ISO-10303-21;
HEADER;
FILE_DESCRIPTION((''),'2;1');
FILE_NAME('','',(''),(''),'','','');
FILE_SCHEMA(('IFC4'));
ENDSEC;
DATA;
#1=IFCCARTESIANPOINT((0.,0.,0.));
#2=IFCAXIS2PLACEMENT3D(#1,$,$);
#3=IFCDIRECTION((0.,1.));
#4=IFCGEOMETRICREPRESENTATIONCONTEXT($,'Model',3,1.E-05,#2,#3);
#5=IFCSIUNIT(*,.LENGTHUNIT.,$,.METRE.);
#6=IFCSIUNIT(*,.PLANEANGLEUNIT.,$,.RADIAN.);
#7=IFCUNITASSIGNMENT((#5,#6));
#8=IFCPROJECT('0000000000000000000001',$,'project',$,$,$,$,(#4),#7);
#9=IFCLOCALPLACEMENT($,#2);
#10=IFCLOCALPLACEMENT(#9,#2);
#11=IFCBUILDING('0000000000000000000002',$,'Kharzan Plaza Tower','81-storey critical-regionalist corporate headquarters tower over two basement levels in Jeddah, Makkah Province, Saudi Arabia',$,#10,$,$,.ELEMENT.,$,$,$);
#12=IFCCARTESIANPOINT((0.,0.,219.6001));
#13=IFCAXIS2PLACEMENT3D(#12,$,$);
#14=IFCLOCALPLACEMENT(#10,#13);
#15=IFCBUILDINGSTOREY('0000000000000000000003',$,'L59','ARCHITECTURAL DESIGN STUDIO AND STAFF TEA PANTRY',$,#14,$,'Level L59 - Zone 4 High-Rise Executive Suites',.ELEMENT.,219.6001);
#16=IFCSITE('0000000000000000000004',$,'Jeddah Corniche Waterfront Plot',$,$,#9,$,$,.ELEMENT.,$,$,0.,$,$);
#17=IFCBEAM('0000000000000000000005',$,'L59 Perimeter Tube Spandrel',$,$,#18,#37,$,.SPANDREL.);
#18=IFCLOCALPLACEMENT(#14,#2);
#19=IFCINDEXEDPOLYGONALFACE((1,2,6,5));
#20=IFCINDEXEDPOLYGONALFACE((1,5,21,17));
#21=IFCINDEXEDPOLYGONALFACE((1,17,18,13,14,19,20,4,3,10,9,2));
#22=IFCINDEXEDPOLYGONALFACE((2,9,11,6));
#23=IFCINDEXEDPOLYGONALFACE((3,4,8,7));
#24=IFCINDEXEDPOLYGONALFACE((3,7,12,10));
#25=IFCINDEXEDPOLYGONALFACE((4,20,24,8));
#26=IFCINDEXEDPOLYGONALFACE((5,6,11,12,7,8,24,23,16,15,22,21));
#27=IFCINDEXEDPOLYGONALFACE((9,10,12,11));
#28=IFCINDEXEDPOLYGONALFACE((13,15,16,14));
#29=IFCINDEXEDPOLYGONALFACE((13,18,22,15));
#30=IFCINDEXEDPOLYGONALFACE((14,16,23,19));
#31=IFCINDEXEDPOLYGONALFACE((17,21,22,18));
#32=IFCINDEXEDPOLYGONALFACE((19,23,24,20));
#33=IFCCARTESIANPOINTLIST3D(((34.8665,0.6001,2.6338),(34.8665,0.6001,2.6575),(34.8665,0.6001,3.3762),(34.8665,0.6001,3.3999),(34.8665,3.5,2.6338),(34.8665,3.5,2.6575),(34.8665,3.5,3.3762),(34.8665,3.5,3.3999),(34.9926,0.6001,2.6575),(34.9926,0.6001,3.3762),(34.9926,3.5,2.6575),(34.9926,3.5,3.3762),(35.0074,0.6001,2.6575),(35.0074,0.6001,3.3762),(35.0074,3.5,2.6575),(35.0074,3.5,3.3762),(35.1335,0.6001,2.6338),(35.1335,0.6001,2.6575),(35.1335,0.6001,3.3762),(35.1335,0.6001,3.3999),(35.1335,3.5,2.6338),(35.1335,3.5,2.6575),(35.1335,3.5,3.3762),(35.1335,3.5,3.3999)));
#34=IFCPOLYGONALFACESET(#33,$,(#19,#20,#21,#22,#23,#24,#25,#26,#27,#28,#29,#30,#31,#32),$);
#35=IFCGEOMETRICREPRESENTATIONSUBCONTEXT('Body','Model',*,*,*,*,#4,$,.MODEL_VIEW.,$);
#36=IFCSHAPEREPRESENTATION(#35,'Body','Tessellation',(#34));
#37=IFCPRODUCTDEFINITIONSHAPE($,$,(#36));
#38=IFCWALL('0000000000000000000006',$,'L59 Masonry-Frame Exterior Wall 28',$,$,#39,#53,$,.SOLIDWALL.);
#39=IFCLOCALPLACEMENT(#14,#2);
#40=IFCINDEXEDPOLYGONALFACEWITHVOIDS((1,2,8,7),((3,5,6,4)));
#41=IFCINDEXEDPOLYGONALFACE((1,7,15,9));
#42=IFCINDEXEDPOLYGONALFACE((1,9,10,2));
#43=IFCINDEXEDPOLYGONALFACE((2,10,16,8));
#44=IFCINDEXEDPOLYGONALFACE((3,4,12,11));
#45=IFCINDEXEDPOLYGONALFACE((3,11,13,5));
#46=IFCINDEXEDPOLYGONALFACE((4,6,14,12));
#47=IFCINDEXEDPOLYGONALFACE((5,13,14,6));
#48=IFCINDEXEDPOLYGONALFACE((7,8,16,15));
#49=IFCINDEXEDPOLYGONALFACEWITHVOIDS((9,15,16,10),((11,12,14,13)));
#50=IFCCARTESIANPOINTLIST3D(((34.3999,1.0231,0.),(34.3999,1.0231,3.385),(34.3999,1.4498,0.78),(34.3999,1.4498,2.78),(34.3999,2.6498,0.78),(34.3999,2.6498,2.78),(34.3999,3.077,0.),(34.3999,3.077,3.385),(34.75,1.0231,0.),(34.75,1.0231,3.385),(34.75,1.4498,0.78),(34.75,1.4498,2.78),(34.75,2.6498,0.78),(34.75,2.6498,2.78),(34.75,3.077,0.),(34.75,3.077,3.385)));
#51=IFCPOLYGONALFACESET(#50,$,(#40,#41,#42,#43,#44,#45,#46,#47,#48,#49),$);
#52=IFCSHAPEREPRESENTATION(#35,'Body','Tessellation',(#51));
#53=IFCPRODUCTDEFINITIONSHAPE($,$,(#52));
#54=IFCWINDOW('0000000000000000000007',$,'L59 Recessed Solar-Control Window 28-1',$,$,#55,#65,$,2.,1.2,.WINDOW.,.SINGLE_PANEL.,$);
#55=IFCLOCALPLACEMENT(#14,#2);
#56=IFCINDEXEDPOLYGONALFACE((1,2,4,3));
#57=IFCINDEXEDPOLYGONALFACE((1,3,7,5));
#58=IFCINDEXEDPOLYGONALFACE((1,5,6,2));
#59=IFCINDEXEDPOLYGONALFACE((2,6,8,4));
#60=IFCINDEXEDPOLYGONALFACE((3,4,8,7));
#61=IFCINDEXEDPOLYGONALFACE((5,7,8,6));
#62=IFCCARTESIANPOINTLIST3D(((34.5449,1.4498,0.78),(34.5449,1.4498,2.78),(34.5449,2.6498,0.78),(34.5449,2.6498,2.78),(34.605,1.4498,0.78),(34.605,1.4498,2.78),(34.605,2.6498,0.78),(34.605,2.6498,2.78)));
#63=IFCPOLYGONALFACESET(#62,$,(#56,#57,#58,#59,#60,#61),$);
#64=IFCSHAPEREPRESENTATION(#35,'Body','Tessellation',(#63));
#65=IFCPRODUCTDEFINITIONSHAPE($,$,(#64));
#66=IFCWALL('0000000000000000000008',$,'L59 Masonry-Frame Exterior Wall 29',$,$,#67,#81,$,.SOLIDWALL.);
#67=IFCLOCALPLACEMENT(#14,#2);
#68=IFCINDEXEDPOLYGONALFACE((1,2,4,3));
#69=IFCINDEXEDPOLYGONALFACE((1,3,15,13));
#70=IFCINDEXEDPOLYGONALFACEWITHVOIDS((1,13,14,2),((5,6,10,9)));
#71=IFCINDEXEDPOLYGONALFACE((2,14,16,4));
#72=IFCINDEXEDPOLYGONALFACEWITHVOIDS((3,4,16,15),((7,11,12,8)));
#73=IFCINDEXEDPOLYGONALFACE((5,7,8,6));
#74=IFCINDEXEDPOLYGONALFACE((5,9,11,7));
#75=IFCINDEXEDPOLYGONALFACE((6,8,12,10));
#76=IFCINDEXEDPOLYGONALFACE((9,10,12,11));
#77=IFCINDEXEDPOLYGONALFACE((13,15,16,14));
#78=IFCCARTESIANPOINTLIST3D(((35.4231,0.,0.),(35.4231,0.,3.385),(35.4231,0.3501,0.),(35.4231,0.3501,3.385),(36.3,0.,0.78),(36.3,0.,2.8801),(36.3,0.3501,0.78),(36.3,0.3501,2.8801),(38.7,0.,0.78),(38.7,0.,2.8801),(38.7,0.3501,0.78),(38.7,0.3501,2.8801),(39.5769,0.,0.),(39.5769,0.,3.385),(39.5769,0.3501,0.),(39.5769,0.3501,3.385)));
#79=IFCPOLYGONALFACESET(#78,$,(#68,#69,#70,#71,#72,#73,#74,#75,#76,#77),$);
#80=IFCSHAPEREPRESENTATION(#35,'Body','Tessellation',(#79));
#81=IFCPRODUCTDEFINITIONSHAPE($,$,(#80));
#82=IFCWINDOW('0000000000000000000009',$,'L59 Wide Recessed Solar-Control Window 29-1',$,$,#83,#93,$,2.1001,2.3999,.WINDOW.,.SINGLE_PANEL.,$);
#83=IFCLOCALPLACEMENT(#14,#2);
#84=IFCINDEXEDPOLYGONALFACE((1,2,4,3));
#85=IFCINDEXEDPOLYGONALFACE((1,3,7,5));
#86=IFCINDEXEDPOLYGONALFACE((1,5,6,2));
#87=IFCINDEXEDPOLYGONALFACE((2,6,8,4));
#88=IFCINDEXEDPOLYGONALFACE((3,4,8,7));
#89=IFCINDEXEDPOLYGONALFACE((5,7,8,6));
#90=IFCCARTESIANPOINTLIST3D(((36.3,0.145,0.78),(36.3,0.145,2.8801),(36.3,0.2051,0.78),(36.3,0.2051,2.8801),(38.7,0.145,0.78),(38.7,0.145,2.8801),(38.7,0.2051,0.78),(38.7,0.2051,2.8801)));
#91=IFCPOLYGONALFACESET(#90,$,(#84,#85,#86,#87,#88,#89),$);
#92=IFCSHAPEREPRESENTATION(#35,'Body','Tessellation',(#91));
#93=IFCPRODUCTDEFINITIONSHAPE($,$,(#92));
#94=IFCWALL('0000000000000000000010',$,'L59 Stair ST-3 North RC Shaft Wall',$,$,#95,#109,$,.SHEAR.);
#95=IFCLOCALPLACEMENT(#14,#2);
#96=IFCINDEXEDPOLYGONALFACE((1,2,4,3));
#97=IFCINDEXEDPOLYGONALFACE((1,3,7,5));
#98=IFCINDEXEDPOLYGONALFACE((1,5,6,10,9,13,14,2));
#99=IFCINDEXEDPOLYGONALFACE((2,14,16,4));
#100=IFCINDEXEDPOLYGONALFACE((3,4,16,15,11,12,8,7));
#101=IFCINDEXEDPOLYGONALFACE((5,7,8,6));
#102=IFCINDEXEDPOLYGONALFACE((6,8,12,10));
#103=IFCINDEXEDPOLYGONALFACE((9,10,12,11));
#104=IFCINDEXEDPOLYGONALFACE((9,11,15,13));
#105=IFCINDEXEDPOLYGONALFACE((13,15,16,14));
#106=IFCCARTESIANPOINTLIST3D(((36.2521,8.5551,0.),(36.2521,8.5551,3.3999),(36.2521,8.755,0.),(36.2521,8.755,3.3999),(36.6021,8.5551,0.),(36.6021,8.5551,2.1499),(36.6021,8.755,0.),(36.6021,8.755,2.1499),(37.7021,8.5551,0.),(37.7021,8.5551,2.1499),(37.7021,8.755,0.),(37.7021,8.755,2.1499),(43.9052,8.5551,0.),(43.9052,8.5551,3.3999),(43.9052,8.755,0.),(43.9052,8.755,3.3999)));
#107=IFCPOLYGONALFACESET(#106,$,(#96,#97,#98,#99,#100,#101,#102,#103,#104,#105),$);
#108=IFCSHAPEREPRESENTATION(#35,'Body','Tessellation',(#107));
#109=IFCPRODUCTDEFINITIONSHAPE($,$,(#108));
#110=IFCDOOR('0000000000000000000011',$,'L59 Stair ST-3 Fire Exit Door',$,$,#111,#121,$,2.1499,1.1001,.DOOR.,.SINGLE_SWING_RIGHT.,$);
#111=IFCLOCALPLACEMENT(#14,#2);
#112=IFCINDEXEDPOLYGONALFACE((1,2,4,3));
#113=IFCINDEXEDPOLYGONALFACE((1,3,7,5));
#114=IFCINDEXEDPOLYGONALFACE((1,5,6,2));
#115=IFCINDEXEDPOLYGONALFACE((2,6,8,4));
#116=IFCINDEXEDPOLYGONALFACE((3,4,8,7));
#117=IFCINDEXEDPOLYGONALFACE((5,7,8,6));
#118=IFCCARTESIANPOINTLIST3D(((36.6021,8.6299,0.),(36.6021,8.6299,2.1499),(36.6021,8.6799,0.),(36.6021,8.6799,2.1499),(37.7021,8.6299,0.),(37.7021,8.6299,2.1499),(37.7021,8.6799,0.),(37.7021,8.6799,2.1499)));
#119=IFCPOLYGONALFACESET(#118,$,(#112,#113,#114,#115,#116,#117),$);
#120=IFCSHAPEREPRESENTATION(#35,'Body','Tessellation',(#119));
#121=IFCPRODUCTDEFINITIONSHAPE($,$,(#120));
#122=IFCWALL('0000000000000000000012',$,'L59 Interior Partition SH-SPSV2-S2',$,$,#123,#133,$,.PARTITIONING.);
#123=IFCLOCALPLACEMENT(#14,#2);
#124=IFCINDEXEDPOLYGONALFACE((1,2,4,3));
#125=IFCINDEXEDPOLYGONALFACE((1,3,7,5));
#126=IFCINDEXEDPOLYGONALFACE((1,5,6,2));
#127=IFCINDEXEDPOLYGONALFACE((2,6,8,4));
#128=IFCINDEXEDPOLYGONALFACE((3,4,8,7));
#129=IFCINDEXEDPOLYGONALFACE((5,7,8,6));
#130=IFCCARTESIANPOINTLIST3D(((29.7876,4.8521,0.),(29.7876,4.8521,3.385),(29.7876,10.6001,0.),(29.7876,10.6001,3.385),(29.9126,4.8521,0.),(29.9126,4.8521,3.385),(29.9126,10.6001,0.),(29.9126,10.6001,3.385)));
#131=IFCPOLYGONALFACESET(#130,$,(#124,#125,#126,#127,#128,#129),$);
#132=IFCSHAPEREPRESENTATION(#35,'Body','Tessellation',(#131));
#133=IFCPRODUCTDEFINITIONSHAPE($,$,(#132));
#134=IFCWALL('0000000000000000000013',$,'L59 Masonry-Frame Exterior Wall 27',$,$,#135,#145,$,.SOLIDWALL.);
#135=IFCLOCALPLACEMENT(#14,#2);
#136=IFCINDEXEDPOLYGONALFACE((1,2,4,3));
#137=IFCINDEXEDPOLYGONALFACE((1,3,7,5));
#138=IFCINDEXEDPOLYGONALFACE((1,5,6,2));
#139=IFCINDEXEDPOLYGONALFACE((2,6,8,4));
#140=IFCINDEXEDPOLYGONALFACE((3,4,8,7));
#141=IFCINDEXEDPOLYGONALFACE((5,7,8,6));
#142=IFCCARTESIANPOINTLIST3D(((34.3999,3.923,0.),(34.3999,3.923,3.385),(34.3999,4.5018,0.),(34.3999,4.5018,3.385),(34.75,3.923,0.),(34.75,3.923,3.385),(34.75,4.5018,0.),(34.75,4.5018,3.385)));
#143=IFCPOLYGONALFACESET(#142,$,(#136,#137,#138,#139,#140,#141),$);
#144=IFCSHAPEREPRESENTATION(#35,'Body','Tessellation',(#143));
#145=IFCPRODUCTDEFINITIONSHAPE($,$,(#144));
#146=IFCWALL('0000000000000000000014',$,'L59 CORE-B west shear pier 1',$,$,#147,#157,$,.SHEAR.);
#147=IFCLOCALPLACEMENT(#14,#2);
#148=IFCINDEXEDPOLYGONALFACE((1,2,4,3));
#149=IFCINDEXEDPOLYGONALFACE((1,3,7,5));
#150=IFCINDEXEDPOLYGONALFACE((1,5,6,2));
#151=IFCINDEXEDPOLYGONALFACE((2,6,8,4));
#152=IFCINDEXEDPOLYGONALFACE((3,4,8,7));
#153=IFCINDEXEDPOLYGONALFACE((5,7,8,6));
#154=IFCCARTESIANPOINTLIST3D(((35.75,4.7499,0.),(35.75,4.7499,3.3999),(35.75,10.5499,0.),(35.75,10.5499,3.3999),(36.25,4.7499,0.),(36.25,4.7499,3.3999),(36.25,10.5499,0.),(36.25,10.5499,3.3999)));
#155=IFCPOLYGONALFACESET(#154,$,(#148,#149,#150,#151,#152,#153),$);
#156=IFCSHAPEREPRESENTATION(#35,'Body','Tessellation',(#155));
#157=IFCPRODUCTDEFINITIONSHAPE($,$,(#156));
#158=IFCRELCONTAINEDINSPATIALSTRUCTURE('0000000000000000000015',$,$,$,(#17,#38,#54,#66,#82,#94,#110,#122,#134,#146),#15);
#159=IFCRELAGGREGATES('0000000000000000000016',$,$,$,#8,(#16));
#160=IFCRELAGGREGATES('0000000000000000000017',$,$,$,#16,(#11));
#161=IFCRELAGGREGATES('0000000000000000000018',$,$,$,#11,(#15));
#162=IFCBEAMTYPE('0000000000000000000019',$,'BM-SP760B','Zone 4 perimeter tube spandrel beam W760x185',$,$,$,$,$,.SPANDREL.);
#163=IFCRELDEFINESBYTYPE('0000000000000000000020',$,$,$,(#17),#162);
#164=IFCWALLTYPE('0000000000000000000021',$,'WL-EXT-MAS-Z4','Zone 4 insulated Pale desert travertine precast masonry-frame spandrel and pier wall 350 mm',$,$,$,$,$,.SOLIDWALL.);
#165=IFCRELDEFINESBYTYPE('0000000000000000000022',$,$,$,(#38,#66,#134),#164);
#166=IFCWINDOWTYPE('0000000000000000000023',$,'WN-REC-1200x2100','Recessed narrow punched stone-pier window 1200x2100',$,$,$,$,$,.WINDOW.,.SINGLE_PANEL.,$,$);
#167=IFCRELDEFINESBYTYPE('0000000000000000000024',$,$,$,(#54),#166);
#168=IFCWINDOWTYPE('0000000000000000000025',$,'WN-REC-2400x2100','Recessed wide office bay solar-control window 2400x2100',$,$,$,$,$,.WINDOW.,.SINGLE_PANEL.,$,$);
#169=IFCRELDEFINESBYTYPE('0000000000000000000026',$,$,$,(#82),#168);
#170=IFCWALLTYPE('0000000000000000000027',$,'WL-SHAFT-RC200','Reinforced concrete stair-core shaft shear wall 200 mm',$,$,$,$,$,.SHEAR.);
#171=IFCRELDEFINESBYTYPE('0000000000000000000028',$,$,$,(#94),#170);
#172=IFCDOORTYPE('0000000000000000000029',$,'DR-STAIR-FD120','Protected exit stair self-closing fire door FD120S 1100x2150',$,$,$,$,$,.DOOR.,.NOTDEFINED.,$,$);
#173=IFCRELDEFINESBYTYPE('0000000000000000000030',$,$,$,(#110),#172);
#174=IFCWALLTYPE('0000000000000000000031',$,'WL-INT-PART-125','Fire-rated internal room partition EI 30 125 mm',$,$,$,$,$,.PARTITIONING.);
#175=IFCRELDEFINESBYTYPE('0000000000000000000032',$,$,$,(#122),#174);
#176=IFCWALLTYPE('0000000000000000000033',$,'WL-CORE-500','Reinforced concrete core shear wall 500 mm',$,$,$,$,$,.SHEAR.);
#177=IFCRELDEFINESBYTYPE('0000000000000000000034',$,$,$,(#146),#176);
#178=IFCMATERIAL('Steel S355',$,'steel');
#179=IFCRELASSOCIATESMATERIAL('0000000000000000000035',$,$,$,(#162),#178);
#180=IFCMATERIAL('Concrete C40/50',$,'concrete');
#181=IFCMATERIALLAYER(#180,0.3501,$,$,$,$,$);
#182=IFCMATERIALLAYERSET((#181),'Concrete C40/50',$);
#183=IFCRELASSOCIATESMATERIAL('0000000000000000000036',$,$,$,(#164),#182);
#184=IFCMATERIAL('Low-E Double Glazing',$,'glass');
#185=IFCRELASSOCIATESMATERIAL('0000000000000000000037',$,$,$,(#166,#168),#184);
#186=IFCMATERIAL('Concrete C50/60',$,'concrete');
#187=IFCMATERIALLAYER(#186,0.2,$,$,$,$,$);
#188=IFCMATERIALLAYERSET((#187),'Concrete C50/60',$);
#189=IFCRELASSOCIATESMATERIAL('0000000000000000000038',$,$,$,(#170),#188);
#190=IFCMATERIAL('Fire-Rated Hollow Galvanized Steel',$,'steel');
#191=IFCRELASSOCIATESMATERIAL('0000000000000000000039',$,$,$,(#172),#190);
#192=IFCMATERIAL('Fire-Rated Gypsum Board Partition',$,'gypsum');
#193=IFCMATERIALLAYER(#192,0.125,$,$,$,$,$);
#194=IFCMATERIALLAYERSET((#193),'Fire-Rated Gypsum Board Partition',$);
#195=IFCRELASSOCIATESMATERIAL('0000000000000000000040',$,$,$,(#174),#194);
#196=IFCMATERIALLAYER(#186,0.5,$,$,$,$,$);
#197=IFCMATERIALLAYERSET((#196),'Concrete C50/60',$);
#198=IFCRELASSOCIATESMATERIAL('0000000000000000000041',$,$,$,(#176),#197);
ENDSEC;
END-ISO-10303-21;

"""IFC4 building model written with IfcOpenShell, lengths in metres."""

from ifc_helpers import new_model, si_unit, direction, frame, frame_2d, origin, origin_2d, place, context, subcontext, project, spatial, rectangle, i_section, extrude, source, transform, mapped, material, layer, layer_set, material_profile, profile_set, type_object, element, fill, save


model = new_model("IFC4")

# Units and contexts
model_context = context("Model", 3, precision=1e-05, world=origin(), true_north=direction((0.0, 1.0)))
body_context = subcontext(model_context, "Body", "Model", "MODEL_VIEW")
ifc_project = project(units=[si_unit("LENGTHUNIT", "METRE"), si_unit("PLANEANGLEUNIT", "RADIAN")], contexts=[model_context])

# Site, building, storey
site_placement = place(None, origin())
site = spatial("IfcSite", under=ifc_project, at=site_placement, Name="Jeddah Corniche Waterfront Plot", CompositionType="ELEMENT", RefElevation=0.0)
building_placement = place(site_placement, origin())
building = spatial("IfcBuilding", under=site, at=building_placement, Name="Kharzan Plaza Tower", Description="81-storey critical-regionalist corporate headquarters tower over two basement levels in Jeddah, Makkah Province, Saudi Arabia", CompositionType="ELEMENT")
storey_placement = place(building_placement, frame((0.0, 0.0, 219.6001)))
storey = spatial("IfcBuildingStorey", under=building, at=storey_placement, Name="L59", Description="ARCHITECTURAL DESIGN STUDIO AND STAFF TEA PANTRY", LongName="Level L59 - Zone 4 High-Rise Executive Suites", CompositionType="ELEMENT", Elevation=219.6001)

# Shared definitions
ifc_material_1 = material(Name="Concrete C50/60", Category="concrete")

# Beam
ifc_material_2 = material(Name="Steel S355", Category="steel")
ifc_material_profile_1 = material_profile(ifc_material_2, i_section(OverallWidth=0.2671, OverallDepth=0.7661, WebThickness=0.0149, FlangeThickness=0.0237, at=origin_2d()), Name="W760x185")
ifc_profile_set_1 = profile_set([ifc_material_profile_1], Name="Steel S355")
beam_type_1 = type_object("IfcBeamType", Name="BM-SP760B", Description="Zone 4 perimeter tube spandrel beam W760x185", PredefinedType="SPANDREL", material=ifc_profile_set_1)
shared_shape_1 = source(origin(), body_context, "Body", "SweptSolid", [
    extrude(i_section(OverallWidth=0.2671, OverallDepth=0.7661, WebThickness=0.0149, FlangeThickness=0.0237, at=origin_2d()), origin(), (0.0, 0.0, 1.0), 2.8999),
])
beam_1_placement = place(storey_placement, frame((35.0, 0.6001, 3.0168), z_axis=(0.0, 1.0, 0.0), x_axis=(-1.0, 0.0, 0.0)))
element("IfcBeam", 1, at=beam_1_placement, inside=storey, type_object=beam_type_1, Name="L59 Perimeter Tube Spandrel", PredefinedType="SPANDREL", context=body_context, shape_type="MappedRepresentation", body=[
    mapped(shared_shape_1, transform((0.0, 0.0, 0.0), x_axis=(1.0, 0.0, 0.0), y_axis=(0.0, 1.0, 0.0), z_axis=(0.0, 0.0, 1.0))),
])

# Walls, openings, windows
ifc_material_3 = material(Name="Concrete C40/50", Category="concrete")
ifc_layer_1 = layer(ifc_material_3, 0.3501)
ifc_layer_set_1 = layer_set([ifc_layer_1], Name="Concrete C40/50")
wall_type_1 = type_object("IfcWallType", Name="WL-EXT-MAS-Z4", Description="Zone 4 insulated Pale desert travertine precast masonry-frame spandrel and pier wall 350 mm", PredefinedType="SOLIDWALL", material=ifc_layer_set_1)
wall_1_placement = place(storey_placement, frame((34.575, 3.0769, 0.0), z_axis=(0.0, 0.0, 1.0), x_axis=(0.0, -1.0, 0.0)))
wall_1 = element("IfcWall", 2, at=wall_1_placement, inside=storey, type_object=wall_type_1, Name="L59 Masonry-Frame Exterior Wall 28", PredefinedType="SOLIDWALL", context=body_context, shape_type="SweptSolid", body=[
    extrude(rectangle(XDim=2.054, YDim=0.3501, at=frame_2d((1.0269, 0.0))), origin(), (0.0, 0.0, 1.0), 3.385),
])
opening_1_placement = place(wall_1_placement, frame((0.427, 0.0, 0.78)))
opening_1 = element("IfcOpeningElement", 3, at=opening_1_placement, cuts=wall_1, PredefinedType="OPENING", context=body_context, shape_type="SweptSolid", body=[
    extrude(rectangle(XDim=1.2, YDim=2.0, at=frame_2d((0.6001, 1.0))), frame((0.0, 0.1851, 0.0), z_axis=(0.0, -1.0, 0.0), x_axis=(1.0, 0.0, 0.0)), (0.0, 0.0, 1.0), 0.3701),
])
ifc_material_4 = material(Name="Low-E Double Glazing", Category="glass")
window_type_1 = type_object("IfcWindowType", Name="WN-REC-1200x2100", Description="Recessed narrow punched stone-pier window 1200x2100", PartitioningType="SINGLE_PANEL", PredefinedType="WINDOW", material=ifc_material_4)
shared_shape_2 = source(origin(), body_context, "Body", "SweptSolid", [
    extrude(rectangle(XDim=1.2, YDim=2.0, at=frame_2d((0.6001, 1.0))), frame((0.0, 0.03, 0.0), z_axis=(0.0, -1.0, 0.0), x_axis=(1.0, 0.0, 0.0)), (0.0, 0.0, 1.0), 0.0601),
])
window_1_placement = place(opening_1_placement, origin())
window_1 = element("IfcWindow", 4, at=window_1_placement, inside=storey, type_object=window_type_1, Name="L59 Recessed Solar-Control Window 28-1", OverallHeight=2.0, OverallWidth=1.2, PartitioningType="SINGLE_PANEL", PredefinedType="WINDOW", context=body_context, shape_type="MappedRepresentation", body=[
    mapped(shared_shape_2, transform((0.0, 0.0, 0.0), x_axis=(1.0, 0.0, 0.0), y_axis=(0.0, 1.0, 0.0), z_axis=(0.0, 0.0, 1.0))),
])
fill(opening_1, window_1)
wall_2_placement = place(storey_placement, frame((35.4231, 0.175, 0.0), z_axis=(0.0, 0.0, 1.0), x_axis=(1.0, 0.0, 0.0)))
wall_2 = element("IfcWall", 5, at=wall_2_placement, inside=storey, type_object=wall_type_1, Name="L59 Masonry-Frame Exterior Wall 29", PredefinedType="SOLIDWALL", context=body_context, shape_type="SweptSolid", body=[
    extrude(rectangle(XDim=4.1538, YDim=0.3501, at=frame_2d((2.0769, 0.0))), origin(), (0.0, 0.0, 1.0), 3.385),
])
opening_2_placement = place(wall_2_placement, frame((0.877, 0.0, 0.78)))
opening_2 = element("IfcOpeningElement", 6, at=opening_2_placement, cuts=wall_2, PredefinedType="OPENING", context=body_context, shape_type="SweptSolid", body=[
    extrude(rectangle(XDim=2.3999, YDim=2.1001, at=frame_2d((1.2, 1.05))), frame((0.0, 0.1851, 0.0), z_axis=(0.0, -1.0, 0.0), x_axis=(1.0, 0.0, 0.0)), (0.0, 0.0, 1.0), 0.3701),
])
window_type_2 = type_object("IfcWindowType", Name="WN-REC-2400x2100", Description="Recessed wide office bay solar-control window 2400x2100", PartitioningType="SINGLE_PANEL", PredefinedType="WINDOW", material=ifc_material_4)
shared_shape_3 = source(origin(), body_context, "Body", "SweptSolid", [
    extrude(rectangle(XDim=2.3999, YDim=2.1001, at=frame_2d((1.2, 1.05))), frame((0.0, 0.03, 0.0), z_axis=(0.0, -1.0, 0.0), x_axis=(1.0, 0.0, 0.0)), (0.0, 0.0, 1.0), 0.0601),
])
window_2_placement = place(opening_2_placement, origin())
window_2 = element("IfcWindow", 7, at=window_2_placement, inside=storey, type_object=window_type_2, Name="L59 Wide Recessed Solar-Control Window 29-1", OverallHeight=2.1001, OverallWidth=2.3999, PartitioningType="SINGLE_PANEL", PredefinedType="WINDOW", context=body_context, shape_type="MappedRepresentation", body=[
    mapped(shared_shape_3, transform((0.0, 0.0, 0.0), x_axis=(1.0, 0.0, 0.0), y_axis=(0.0, 1.0, 0.0), z_axis=(0.0, 0.0, 1.0))),
])
fill(opening_2, window_2)

# Wall, opening, door
ifc_layer_2 = layer(ifc_material_1, 0.2)
ifc_layer_set_2 = layer_set([ifc_layer_2], Name="Concrete C50/60")
wall_type_2 = type_object("IfcWallType", Name="WL-SHAFT-RC200", Description="Reinforced concrete stair-core shaft shear wall 200 mm", PredefinedType="SHEAR", material=ifc_layer_set_2)
wall_3_placement = place(storey_placement, frame((36.252, 8.655, 0.0), z_axis=(0.0, 0.0, 1.0), x_axis=(1.0, 0.0, 0.0)))
wall_3 = element("IfcWall", 8, at=wall_3_placement, inside=storey, type_object=wall_type_2, Name="L59 Stair ST-3 North RC Shaft Wall", PredefinedType="SHEAR", context=body_context, shape_type="SweptSolid", body=[
    extrude(rectangle(XDim=7.6531, YDim=0.2, at=frame_2d((3.8267, 0.0))), origin(), (0.0, 0.0, 1.0), 3.3999),
])
opening_3_placement = place(wall_3_placement, frame((0.3501, 0.0, 0.0)))
opening_3 = element("IfcOpeningElement", 9, at=opening_3_placement, cuts=wall_3, PredefinedType="OPENING", context=body_context, shape_type="SweptSolid", body=[
    extrude(rectangle(XDim=1.1001, YDim=2.1499, at=frame_2d((0.55, 1.075))), frame((0.0, 0.1099, 0.0), z_axis=(0.0, -1.0, 0.0), x_axis=(1.0, 0.0, 0.0)), (0.0, 0.0, 1.0), 0.22),
])
ifc_material_5 = material(Name="Fire-Rated Hollow Galvanized Steel", Category="steel")
door_type = type_object("IfcDoorType", Name="DR-STAIR-FD120", Description="Protected exit stair self-closing fire door FD120S 1100x2150", OperationType="NOTDEFINED", PredefinedType="DOOR", material=ifc_material_5)
shared_shape_4 = source(origin(), body_context, "Body", "SweptSolid", [
    extrude(rectangle(XDim=1.1001, YDim=2.1499, at=frame_2d((0.55, 1.075))), frame((0.0, 0.0249, 0.0), z_axis=(0.0, -1.0, 0.0), x_axis=(1.0, 0.0, 0.0)), (0.0, 0.0, 1.0), 0.05),
])
door_placement = place(opening_3_placement, origin())
door = element("IfcDoor", 10, at=door_placement, inside=storey, type_object=door_type, Name="L59 Stair ST-3 Fire Exit Door", OperationType="SINGLE_SWING_RIGHT", OverallHeight=2.1499, OverallWidth=1.1001, PredefinedType="DOOR", context=body_context, shape_type="MappedRepresentation", body=[
    mapped(shared_shape_4, transform((0.0, 0.0, 0.0), x_axis=(1.0, 0.0, 0.0), y_axis=(0.0, 1.0, 0.0), z_axis=(0.0, 0.0, 1.0))),
])
fill(opening_3, door)

# Walls
ifc_material_6 = material(Name="Fire-Rated Gypsum Board Partition", Category="gypsum")
ifc_layer_3 = layer(ifc_material_6, 0.125)
ifc_layer_set_3 = layer_set([ifc_layer_3], Name="Fire-Rated Gypsum Board Partition")
wall_type_3 = type_object("IfcWallType", Name="WL-INT-PART-125", Description="Fire-rated internal room partition EI 30 125 mm", PredefinedType="PARTITIONING", material=ifc_layer_set_3)
shared_shape_5 = source(origin(), body_context, "Body", "SweptSolid", [
    extrude(rectangle(XDim=5.748, YDim=0.125, at=frame_2d((2.874, 0.0))), origin(), (0.0, 0.0, 1.0), 3.385),
])
wall_4_placement = place(storey_placement, frame((29.8501, 4.8521, 0.0), z_axis=(0.0, 0.0, 1.0), x_axis=(0.0, 1.0, 0.0)))
element("IfcWall", 11, at=wall_4_placement, inside=storey, type_object=wall_type_3, Name="L59 Interior Partition SH-SPSV2-S2", PredefinedType="PARTITIONING", context=body_context, shape_type="MappedRepresentation", body=[
    mapped(shared_shape_5, transform((0.0, 0.0, 0.0), x_axis=(1.0, 0.0, 0.0), y_axis=(0.0, 1.0, 0.0), z_axis=(0.0, 0.0, 1.0))),
])
shared_shape_6 = source(origin(), body_context, "Body", "SweptSolid", [
    extrude(rectangle(XDim=0.5789, YDim=0.3501, at=frame_2d((0.2896, 0.0))), origin(), (0.0, 0.0, 1.0), 3.385),
])
wall_5_placement = place(storey_placement, frame((34.575, 4.502, 0.0), z_axis=(0.0, 0.0, 1.0), x_axis=(0.0, -1.0, 0.0)))
element("IfcWall", 12, at=wall_5_placement, inside=storey, type_object=wall_type_1, Name="L59 Masonry-Frame Exterior Wall 27", PredefinedType="SOLIDWALL", context=body_context, shape_type="MappedRepresentation", body=[
    mapped(shared_shape_6, transform((0.0, 0.0, 0.0), x_axis=(1.0, 0.0, 0.0), y_axis=(0.0, 1.0, 0.0), z_axis=(0.0, 0.0, 1.0))),
])
ifc_layer_4 = layer(ifc_material_1, 0.5)
ifc_layer_set_4 = layer_set([ifc_layer_4], Name="Concrete C50/60")
wall_type_4 = type_object("IfcWallType", Name="WL-CORE-500", Description="Reinforced concrete core shear wall 500 mm", PredefinedType="SHEAR", material=ifc_layer_set_4)
shared_shape_7 = source(origin(), body_context, "Body", "SweptSolid", [
    extrude(rectangle(XDim=5.8, YDim=0.5, at=frame_2d((2.8999, 0.0))), origin(), (0.0, 0.0, 1.0), 3.3999),
])
wall_6_placement = place(storey_placement, frame((36.0, 4.75, 0.0), z_axis=(0.0, 0.0, 1.0), x_axis=(0.0, 1.0, 0.0)))
element("IfcWall", 13, at=wall_6_placement, inside=storey, type_object=wall_type_4, Name="L59 CORE-B west shear pier 1", PredefinedType="SHEAR", context=body_context, shape_type="MappedRepresentation", body=[
    mapped(shared_shape_7, transform((0.0, 0.0, 0.0), x_axis=(1.0, 0.0, 0.0), y_axis=(0.0, 1.0, 0.0), z_axis=(0.0, 0.0, 1.0))),
])

save(model, "model.ifc")
